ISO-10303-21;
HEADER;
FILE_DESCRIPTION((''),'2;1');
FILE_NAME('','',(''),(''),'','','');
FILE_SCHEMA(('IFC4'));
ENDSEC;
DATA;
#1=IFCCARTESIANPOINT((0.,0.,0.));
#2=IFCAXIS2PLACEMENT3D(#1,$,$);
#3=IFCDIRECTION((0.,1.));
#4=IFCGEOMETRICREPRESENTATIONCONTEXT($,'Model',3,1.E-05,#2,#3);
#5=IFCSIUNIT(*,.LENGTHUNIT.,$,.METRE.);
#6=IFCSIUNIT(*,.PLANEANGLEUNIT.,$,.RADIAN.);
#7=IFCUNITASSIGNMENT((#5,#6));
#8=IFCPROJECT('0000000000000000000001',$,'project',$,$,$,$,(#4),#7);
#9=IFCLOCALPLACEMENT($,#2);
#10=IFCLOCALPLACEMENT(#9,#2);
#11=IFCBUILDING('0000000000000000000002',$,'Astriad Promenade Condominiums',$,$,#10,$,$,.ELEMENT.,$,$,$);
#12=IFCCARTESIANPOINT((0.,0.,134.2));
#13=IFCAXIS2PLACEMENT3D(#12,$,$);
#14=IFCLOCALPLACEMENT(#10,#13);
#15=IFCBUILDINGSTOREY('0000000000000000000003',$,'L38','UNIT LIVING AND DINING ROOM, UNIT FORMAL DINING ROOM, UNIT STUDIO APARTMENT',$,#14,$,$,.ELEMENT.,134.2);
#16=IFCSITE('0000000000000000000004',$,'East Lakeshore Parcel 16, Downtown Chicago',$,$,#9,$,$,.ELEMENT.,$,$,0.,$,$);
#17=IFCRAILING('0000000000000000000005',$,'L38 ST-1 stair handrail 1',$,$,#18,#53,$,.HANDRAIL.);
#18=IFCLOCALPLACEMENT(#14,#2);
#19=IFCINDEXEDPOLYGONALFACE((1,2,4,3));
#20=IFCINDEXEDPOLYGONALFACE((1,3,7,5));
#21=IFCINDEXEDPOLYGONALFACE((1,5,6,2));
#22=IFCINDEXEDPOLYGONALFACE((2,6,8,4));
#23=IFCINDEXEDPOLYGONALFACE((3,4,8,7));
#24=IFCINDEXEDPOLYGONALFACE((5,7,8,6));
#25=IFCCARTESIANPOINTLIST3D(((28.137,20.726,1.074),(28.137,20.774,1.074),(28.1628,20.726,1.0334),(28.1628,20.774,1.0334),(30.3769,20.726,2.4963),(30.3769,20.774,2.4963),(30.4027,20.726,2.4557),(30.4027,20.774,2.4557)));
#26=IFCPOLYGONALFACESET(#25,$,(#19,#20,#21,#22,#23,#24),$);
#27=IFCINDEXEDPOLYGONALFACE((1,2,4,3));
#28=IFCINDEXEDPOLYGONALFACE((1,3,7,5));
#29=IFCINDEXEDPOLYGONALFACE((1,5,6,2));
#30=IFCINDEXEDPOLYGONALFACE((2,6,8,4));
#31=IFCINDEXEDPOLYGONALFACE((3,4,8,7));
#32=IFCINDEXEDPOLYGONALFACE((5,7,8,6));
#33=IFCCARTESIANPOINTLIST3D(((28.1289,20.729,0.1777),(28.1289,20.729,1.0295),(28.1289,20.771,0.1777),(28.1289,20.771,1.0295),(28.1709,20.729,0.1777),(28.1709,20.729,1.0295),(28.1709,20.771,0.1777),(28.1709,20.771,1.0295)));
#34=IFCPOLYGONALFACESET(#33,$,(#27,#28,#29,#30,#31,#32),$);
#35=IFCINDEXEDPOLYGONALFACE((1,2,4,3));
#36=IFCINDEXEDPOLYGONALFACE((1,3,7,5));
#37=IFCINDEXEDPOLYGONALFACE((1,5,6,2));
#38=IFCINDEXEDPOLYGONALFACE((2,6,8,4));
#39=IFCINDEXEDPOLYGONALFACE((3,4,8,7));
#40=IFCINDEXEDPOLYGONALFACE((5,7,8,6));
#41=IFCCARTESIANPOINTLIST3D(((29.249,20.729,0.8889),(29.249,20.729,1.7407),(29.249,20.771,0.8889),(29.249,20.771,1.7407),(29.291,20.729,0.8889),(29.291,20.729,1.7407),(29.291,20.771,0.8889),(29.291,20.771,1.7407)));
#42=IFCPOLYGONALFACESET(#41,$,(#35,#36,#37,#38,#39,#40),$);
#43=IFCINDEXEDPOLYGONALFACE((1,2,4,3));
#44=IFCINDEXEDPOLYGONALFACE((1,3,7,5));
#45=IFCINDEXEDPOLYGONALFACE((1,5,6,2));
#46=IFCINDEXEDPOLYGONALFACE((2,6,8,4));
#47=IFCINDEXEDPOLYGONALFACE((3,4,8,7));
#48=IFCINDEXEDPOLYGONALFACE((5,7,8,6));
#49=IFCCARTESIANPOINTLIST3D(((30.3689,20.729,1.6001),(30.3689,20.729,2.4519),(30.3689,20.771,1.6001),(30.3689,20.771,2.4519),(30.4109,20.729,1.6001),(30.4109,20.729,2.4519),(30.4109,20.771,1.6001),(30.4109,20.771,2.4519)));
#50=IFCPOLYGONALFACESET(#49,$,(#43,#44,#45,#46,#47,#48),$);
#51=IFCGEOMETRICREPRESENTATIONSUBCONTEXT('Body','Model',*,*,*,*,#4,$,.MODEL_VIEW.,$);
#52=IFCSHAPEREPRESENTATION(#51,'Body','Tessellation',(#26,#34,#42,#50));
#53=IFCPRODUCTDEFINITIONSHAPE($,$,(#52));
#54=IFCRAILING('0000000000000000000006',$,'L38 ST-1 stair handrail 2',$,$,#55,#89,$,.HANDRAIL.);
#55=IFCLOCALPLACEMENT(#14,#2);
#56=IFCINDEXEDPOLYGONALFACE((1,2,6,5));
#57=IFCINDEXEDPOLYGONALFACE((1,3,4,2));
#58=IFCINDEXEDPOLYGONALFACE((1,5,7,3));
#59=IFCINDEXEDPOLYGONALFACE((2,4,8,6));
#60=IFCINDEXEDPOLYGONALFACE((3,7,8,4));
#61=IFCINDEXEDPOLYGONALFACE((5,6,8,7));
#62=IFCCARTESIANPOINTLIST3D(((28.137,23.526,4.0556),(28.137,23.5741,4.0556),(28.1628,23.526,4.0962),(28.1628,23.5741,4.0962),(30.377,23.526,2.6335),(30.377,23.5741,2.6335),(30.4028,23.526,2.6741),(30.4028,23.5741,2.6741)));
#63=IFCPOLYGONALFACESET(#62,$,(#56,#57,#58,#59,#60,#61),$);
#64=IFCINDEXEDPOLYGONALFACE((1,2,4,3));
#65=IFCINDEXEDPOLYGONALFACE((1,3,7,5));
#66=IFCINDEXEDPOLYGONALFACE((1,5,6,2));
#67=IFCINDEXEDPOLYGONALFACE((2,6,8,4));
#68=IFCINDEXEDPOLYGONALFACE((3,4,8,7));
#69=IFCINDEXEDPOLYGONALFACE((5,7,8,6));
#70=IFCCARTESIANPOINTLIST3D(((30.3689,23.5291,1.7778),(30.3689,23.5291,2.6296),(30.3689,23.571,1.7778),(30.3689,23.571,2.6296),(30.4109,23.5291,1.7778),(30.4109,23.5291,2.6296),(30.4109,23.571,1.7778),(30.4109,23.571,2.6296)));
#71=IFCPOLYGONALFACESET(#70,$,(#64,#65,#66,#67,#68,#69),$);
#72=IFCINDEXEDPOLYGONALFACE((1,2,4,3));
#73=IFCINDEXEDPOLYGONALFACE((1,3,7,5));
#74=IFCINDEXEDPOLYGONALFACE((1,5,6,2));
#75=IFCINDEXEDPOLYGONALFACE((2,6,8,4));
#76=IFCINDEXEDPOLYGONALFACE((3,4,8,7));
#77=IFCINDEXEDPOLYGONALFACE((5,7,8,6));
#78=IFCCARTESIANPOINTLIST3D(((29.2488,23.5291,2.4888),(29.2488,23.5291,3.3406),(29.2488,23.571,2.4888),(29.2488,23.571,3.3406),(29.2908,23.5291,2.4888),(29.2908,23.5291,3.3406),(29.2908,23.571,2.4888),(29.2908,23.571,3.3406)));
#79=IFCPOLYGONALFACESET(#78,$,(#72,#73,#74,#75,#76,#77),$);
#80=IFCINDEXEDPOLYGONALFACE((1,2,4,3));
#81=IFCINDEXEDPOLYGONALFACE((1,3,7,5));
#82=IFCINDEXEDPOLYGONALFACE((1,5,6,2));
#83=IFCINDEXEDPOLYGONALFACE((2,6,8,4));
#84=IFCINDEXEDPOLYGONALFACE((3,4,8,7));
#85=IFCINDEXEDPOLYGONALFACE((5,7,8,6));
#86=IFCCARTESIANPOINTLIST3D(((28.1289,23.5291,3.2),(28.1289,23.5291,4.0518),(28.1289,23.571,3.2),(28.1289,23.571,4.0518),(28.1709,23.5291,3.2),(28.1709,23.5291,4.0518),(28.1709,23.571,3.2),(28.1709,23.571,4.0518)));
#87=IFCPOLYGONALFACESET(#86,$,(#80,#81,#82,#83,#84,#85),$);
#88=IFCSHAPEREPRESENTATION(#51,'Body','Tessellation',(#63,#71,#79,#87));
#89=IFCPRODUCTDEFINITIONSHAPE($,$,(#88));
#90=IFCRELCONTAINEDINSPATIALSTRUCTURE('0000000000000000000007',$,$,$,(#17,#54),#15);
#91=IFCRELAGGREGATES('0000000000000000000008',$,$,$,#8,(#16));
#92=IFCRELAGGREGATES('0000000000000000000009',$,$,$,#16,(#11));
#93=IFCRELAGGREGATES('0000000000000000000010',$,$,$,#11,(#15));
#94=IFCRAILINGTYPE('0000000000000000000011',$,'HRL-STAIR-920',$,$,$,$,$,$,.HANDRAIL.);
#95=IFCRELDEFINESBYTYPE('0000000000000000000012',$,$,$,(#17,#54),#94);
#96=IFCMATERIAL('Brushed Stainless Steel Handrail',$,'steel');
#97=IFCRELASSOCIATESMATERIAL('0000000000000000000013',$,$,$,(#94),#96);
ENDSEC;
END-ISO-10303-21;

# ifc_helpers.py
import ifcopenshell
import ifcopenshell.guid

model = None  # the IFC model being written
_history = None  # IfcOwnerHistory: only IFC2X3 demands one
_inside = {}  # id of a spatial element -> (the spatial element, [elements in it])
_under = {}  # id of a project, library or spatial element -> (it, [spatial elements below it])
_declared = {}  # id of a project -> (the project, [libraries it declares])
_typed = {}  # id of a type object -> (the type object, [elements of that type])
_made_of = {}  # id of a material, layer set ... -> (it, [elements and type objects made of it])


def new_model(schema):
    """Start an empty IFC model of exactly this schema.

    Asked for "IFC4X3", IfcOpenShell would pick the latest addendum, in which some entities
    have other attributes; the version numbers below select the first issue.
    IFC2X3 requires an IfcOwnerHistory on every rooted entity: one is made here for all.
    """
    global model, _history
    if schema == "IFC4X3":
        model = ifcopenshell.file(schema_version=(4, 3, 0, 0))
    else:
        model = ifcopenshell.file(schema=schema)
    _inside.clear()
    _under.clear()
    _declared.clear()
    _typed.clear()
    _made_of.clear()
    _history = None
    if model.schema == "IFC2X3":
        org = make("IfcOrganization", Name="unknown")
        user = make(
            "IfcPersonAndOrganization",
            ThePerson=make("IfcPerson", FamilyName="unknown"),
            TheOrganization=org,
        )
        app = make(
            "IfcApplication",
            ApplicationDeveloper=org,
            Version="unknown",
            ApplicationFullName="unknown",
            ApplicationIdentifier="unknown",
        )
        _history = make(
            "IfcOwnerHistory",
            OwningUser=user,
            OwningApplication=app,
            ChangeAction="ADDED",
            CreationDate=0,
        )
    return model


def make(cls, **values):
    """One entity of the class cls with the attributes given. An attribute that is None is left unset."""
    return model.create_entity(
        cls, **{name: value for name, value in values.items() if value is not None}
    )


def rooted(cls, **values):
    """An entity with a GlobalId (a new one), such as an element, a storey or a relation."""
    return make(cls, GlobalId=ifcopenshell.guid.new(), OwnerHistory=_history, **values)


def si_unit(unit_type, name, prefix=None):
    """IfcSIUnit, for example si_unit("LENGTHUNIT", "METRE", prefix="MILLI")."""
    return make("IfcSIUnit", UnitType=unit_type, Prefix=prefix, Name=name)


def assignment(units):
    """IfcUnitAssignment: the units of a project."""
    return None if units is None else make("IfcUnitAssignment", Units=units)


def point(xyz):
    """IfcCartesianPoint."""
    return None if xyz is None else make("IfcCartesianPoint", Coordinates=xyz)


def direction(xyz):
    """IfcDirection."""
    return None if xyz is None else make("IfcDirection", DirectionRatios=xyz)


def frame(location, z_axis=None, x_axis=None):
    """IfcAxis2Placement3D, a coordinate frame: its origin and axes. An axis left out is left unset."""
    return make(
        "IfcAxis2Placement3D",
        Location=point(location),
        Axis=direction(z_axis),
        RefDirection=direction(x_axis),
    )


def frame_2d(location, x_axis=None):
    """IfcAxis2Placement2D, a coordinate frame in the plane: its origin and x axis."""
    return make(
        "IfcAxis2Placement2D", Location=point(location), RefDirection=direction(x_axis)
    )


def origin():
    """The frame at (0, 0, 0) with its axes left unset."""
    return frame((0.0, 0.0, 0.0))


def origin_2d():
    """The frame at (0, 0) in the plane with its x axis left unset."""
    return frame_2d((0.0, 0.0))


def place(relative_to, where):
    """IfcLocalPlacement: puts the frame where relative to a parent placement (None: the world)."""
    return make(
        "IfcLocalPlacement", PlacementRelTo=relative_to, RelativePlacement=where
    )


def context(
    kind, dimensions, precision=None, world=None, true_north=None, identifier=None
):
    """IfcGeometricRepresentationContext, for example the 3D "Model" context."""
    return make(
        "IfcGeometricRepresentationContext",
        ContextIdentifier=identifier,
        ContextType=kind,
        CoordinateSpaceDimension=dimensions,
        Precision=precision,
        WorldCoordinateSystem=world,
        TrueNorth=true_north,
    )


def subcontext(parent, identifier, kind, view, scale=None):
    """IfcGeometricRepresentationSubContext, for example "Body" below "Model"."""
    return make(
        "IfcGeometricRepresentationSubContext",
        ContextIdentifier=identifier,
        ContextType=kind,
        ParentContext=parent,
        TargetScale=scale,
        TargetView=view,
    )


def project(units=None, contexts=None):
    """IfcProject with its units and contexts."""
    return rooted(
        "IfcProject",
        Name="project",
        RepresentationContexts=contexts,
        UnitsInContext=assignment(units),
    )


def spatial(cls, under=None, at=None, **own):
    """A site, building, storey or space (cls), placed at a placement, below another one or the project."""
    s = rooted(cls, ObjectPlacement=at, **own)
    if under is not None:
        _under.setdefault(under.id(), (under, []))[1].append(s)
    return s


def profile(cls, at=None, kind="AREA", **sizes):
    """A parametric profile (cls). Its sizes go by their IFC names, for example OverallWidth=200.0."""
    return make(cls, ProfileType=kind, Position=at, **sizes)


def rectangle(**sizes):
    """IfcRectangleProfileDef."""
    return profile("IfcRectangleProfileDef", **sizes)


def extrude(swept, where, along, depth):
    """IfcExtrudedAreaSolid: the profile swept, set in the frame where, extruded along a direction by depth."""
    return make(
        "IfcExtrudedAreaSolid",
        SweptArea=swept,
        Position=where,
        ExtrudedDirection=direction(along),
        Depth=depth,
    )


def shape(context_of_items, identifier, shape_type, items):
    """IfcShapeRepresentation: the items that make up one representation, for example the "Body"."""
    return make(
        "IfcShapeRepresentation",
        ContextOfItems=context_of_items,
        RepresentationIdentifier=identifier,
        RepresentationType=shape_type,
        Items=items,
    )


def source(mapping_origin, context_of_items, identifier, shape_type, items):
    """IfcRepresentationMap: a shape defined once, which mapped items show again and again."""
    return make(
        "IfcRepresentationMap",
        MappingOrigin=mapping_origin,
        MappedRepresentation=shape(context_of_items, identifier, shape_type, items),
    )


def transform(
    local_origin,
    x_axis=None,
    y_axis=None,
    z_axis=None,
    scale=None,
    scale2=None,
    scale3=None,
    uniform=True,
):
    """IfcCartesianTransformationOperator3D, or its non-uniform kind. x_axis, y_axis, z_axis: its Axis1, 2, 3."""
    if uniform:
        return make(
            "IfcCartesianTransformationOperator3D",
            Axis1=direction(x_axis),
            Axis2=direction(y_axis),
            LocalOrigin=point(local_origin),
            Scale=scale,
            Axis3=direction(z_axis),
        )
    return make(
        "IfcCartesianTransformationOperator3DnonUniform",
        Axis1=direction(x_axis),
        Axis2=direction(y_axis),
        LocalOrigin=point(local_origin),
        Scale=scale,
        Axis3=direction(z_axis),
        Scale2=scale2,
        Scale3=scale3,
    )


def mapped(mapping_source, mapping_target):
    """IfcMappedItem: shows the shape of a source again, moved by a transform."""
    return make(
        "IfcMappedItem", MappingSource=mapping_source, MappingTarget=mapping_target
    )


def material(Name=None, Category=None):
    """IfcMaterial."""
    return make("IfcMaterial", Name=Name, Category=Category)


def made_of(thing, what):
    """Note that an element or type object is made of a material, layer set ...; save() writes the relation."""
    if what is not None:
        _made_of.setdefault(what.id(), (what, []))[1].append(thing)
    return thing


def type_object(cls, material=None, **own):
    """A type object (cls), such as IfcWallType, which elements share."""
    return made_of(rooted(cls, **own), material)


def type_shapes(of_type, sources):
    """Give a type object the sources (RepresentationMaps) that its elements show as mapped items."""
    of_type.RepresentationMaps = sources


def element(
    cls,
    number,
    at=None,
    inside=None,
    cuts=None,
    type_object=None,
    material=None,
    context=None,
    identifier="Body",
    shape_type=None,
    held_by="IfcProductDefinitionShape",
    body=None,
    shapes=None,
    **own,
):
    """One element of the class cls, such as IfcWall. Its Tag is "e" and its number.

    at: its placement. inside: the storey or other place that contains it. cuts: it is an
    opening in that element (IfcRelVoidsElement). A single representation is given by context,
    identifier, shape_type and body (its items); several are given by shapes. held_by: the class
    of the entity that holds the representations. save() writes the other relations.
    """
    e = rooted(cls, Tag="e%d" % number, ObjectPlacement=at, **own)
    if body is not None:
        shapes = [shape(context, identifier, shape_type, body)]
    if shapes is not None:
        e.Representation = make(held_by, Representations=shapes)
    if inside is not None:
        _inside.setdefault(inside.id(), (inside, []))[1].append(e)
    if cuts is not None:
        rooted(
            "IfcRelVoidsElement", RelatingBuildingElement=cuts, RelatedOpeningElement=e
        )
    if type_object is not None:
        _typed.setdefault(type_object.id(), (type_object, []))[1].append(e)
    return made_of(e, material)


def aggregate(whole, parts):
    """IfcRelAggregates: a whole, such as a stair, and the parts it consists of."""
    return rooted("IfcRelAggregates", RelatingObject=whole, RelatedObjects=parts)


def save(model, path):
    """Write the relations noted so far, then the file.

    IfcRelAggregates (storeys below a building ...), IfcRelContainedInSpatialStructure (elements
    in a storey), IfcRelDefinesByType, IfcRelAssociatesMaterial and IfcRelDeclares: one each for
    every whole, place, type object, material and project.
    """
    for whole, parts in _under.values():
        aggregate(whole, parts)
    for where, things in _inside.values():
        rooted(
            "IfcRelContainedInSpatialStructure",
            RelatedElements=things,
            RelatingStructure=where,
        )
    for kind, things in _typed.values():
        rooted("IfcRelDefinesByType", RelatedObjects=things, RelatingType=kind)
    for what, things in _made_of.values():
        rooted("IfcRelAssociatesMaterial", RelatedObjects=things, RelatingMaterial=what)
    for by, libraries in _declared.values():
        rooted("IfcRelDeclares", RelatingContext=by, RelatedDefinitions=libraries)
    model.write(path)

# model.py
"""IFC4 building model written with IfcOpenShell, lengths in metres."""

from ifc_helpers import new_model, si_unit, direction, frame, origin, origin_2d, place, context, subcontext, project, spatial, rectangle, extrude, source, transform, mapped, material, type_object, type_shapes, element, save


model = new_model("IFC4")

# Units and contexts
model_context = context("Model", 3, precision=1e-05, world=origin(), true_north=direction((0.0, 1.0)))
body_context = subcontext(model_context, "Body", "Model", "MODEL_VIEW")
ifc_project = project(units=[si_unit("LENGTHUNIT", "METRE"), si_unit("PLANEANGLEUNIT", "RADIAN")], contexts=[model_context])

# Site, building, storey
site_placement = place(None, origin())
site = spatial("IfcSite", under=ifc_project, at=site_placement, Name="East Lakeshore Parcel 16, Downtown Chicago", CompositionType="ELEMENT", RefElevation=0.0)
building_placement = place(site_placement, origin())
building = spatial("IfcBuilding", under=site, at=building_placement, Name="Astriad Promenade Condominiums", CompositionType="ELEMENT")
storey_placement = place(building_placement, frame((0.0, 0.0, 134.2)))
storey = spatial("IfcBuildingStorey", under=building, at=storey_placement, Name="L38", Description="UNIT LIVING AND DINING ROOM, UNIT FORMAL DINING ROOM, UNIT STUDIO APARTMENT", CompositionType="ELEMENT", Elevation=134.2)

# Railings
ifc_material_1 = material(Name="Brushed Stainless Steel Handrail", Category="steel")
railing_type_1 = type_object("IfcRailingType", Name="HRL-STAIR-920", PredefinedType="HANDRAIL", material=ifc_material_1)
shared_shape_1 = source(origin(), body_context, "Body", "SweptSolid", [
    extrude(rectangle(XDim=0.0481, YDim=0.0481, at=origin_2d()), frame((0.0, 0.0, 0.876), z_axis=(0.844188, 0.0, 0.536048), x_axis=(0.0, 1.0, 0.0)), (0.0, 0.0, 1.0), 2.6533),
    extrude(rectangle(XDim=0.042, YDim=0.042, at=origin_2d()), origin(), (0.0, 0.0, 1.0), 0.8518),
    extrude(rectangle(XDim=0.042, YDim=0.042, at=origin_2d()), frame((1.1201, 0.0, 0.7112)), (0.0, 0.0, 1.0), 0.8518),
    extrude(rectangle(XDim=0.042, YDim=0.042, at=origin_2d()), frame((2.24, 0.0, 1.4224)), (0.0, 0.0, 1.0), 0.8518),
])
railing_1_placement = place(storey_placement, frame((28.1499, 20.75, 0.1777)))
element("IfcRailing", 1, at=railing_1_placement, inside=storey, type_object=railing_type_1, Name="L38 ST-1 stair handrail 1", PredefinedType="HANDRAIL", context=body_context, shape_type="MappedRepresentation", body=[
    mapped(shared_shape_1, transform((0.0, 0.0, 0.0), scale=1.0)),
])
shared_shape_2 = source(origin(), body_context, "Body", "SweptSolid", [
    extrude(rectangle(XDim=0.0481, YDim=0.0481, at=origin_2d()), frame((0.0, 0.0, 0.876), z_axis=(-0.844229, 0.0, 0.535982), x_axis=(0.0, -1.0, 0.0)), (0.0, 0.0, 1.0), 2.6533),
    extrude(rectangle(XDim=0.042, YDim=0.042, at=origin_2d()), origin(), (0.0, 0.0, 1.0), 0.8518),
    extrude(rectangle(XDim=0.042, YDim=0.042, at=origin_2d()), frame((-1.1201, 0.0, 0.7109)), (0.0, 0.0, 1.0), 0.8518),
    extrude(rectangle(XDim=0.042, YDim=0.042, at=origin_2d()), frame((-2.24, 0.0, 1.4221)), (0.0, 0.0, 1.0), 0.8518),
])
type_shapes(railing_type_1, [shared_shape_1, shared_shape_2])
railing_2_placement = place(storey_placement, frame((30.3899, 23.55, 1.7778)))
element("IfcRailing", 2, at=railing_2_placement, inside=storey, type_object=railing_type_1, Name="L38 ST-1 stair handrail 2", PredefinedType="HANDRAIL", context=body_context, shape_type="MappedRepresentation", body=[
    mapped(shared_shape_2, transform((0.0, 0.0, 0.0), scale=1.0)),
])

save(model, "model.ifc")
